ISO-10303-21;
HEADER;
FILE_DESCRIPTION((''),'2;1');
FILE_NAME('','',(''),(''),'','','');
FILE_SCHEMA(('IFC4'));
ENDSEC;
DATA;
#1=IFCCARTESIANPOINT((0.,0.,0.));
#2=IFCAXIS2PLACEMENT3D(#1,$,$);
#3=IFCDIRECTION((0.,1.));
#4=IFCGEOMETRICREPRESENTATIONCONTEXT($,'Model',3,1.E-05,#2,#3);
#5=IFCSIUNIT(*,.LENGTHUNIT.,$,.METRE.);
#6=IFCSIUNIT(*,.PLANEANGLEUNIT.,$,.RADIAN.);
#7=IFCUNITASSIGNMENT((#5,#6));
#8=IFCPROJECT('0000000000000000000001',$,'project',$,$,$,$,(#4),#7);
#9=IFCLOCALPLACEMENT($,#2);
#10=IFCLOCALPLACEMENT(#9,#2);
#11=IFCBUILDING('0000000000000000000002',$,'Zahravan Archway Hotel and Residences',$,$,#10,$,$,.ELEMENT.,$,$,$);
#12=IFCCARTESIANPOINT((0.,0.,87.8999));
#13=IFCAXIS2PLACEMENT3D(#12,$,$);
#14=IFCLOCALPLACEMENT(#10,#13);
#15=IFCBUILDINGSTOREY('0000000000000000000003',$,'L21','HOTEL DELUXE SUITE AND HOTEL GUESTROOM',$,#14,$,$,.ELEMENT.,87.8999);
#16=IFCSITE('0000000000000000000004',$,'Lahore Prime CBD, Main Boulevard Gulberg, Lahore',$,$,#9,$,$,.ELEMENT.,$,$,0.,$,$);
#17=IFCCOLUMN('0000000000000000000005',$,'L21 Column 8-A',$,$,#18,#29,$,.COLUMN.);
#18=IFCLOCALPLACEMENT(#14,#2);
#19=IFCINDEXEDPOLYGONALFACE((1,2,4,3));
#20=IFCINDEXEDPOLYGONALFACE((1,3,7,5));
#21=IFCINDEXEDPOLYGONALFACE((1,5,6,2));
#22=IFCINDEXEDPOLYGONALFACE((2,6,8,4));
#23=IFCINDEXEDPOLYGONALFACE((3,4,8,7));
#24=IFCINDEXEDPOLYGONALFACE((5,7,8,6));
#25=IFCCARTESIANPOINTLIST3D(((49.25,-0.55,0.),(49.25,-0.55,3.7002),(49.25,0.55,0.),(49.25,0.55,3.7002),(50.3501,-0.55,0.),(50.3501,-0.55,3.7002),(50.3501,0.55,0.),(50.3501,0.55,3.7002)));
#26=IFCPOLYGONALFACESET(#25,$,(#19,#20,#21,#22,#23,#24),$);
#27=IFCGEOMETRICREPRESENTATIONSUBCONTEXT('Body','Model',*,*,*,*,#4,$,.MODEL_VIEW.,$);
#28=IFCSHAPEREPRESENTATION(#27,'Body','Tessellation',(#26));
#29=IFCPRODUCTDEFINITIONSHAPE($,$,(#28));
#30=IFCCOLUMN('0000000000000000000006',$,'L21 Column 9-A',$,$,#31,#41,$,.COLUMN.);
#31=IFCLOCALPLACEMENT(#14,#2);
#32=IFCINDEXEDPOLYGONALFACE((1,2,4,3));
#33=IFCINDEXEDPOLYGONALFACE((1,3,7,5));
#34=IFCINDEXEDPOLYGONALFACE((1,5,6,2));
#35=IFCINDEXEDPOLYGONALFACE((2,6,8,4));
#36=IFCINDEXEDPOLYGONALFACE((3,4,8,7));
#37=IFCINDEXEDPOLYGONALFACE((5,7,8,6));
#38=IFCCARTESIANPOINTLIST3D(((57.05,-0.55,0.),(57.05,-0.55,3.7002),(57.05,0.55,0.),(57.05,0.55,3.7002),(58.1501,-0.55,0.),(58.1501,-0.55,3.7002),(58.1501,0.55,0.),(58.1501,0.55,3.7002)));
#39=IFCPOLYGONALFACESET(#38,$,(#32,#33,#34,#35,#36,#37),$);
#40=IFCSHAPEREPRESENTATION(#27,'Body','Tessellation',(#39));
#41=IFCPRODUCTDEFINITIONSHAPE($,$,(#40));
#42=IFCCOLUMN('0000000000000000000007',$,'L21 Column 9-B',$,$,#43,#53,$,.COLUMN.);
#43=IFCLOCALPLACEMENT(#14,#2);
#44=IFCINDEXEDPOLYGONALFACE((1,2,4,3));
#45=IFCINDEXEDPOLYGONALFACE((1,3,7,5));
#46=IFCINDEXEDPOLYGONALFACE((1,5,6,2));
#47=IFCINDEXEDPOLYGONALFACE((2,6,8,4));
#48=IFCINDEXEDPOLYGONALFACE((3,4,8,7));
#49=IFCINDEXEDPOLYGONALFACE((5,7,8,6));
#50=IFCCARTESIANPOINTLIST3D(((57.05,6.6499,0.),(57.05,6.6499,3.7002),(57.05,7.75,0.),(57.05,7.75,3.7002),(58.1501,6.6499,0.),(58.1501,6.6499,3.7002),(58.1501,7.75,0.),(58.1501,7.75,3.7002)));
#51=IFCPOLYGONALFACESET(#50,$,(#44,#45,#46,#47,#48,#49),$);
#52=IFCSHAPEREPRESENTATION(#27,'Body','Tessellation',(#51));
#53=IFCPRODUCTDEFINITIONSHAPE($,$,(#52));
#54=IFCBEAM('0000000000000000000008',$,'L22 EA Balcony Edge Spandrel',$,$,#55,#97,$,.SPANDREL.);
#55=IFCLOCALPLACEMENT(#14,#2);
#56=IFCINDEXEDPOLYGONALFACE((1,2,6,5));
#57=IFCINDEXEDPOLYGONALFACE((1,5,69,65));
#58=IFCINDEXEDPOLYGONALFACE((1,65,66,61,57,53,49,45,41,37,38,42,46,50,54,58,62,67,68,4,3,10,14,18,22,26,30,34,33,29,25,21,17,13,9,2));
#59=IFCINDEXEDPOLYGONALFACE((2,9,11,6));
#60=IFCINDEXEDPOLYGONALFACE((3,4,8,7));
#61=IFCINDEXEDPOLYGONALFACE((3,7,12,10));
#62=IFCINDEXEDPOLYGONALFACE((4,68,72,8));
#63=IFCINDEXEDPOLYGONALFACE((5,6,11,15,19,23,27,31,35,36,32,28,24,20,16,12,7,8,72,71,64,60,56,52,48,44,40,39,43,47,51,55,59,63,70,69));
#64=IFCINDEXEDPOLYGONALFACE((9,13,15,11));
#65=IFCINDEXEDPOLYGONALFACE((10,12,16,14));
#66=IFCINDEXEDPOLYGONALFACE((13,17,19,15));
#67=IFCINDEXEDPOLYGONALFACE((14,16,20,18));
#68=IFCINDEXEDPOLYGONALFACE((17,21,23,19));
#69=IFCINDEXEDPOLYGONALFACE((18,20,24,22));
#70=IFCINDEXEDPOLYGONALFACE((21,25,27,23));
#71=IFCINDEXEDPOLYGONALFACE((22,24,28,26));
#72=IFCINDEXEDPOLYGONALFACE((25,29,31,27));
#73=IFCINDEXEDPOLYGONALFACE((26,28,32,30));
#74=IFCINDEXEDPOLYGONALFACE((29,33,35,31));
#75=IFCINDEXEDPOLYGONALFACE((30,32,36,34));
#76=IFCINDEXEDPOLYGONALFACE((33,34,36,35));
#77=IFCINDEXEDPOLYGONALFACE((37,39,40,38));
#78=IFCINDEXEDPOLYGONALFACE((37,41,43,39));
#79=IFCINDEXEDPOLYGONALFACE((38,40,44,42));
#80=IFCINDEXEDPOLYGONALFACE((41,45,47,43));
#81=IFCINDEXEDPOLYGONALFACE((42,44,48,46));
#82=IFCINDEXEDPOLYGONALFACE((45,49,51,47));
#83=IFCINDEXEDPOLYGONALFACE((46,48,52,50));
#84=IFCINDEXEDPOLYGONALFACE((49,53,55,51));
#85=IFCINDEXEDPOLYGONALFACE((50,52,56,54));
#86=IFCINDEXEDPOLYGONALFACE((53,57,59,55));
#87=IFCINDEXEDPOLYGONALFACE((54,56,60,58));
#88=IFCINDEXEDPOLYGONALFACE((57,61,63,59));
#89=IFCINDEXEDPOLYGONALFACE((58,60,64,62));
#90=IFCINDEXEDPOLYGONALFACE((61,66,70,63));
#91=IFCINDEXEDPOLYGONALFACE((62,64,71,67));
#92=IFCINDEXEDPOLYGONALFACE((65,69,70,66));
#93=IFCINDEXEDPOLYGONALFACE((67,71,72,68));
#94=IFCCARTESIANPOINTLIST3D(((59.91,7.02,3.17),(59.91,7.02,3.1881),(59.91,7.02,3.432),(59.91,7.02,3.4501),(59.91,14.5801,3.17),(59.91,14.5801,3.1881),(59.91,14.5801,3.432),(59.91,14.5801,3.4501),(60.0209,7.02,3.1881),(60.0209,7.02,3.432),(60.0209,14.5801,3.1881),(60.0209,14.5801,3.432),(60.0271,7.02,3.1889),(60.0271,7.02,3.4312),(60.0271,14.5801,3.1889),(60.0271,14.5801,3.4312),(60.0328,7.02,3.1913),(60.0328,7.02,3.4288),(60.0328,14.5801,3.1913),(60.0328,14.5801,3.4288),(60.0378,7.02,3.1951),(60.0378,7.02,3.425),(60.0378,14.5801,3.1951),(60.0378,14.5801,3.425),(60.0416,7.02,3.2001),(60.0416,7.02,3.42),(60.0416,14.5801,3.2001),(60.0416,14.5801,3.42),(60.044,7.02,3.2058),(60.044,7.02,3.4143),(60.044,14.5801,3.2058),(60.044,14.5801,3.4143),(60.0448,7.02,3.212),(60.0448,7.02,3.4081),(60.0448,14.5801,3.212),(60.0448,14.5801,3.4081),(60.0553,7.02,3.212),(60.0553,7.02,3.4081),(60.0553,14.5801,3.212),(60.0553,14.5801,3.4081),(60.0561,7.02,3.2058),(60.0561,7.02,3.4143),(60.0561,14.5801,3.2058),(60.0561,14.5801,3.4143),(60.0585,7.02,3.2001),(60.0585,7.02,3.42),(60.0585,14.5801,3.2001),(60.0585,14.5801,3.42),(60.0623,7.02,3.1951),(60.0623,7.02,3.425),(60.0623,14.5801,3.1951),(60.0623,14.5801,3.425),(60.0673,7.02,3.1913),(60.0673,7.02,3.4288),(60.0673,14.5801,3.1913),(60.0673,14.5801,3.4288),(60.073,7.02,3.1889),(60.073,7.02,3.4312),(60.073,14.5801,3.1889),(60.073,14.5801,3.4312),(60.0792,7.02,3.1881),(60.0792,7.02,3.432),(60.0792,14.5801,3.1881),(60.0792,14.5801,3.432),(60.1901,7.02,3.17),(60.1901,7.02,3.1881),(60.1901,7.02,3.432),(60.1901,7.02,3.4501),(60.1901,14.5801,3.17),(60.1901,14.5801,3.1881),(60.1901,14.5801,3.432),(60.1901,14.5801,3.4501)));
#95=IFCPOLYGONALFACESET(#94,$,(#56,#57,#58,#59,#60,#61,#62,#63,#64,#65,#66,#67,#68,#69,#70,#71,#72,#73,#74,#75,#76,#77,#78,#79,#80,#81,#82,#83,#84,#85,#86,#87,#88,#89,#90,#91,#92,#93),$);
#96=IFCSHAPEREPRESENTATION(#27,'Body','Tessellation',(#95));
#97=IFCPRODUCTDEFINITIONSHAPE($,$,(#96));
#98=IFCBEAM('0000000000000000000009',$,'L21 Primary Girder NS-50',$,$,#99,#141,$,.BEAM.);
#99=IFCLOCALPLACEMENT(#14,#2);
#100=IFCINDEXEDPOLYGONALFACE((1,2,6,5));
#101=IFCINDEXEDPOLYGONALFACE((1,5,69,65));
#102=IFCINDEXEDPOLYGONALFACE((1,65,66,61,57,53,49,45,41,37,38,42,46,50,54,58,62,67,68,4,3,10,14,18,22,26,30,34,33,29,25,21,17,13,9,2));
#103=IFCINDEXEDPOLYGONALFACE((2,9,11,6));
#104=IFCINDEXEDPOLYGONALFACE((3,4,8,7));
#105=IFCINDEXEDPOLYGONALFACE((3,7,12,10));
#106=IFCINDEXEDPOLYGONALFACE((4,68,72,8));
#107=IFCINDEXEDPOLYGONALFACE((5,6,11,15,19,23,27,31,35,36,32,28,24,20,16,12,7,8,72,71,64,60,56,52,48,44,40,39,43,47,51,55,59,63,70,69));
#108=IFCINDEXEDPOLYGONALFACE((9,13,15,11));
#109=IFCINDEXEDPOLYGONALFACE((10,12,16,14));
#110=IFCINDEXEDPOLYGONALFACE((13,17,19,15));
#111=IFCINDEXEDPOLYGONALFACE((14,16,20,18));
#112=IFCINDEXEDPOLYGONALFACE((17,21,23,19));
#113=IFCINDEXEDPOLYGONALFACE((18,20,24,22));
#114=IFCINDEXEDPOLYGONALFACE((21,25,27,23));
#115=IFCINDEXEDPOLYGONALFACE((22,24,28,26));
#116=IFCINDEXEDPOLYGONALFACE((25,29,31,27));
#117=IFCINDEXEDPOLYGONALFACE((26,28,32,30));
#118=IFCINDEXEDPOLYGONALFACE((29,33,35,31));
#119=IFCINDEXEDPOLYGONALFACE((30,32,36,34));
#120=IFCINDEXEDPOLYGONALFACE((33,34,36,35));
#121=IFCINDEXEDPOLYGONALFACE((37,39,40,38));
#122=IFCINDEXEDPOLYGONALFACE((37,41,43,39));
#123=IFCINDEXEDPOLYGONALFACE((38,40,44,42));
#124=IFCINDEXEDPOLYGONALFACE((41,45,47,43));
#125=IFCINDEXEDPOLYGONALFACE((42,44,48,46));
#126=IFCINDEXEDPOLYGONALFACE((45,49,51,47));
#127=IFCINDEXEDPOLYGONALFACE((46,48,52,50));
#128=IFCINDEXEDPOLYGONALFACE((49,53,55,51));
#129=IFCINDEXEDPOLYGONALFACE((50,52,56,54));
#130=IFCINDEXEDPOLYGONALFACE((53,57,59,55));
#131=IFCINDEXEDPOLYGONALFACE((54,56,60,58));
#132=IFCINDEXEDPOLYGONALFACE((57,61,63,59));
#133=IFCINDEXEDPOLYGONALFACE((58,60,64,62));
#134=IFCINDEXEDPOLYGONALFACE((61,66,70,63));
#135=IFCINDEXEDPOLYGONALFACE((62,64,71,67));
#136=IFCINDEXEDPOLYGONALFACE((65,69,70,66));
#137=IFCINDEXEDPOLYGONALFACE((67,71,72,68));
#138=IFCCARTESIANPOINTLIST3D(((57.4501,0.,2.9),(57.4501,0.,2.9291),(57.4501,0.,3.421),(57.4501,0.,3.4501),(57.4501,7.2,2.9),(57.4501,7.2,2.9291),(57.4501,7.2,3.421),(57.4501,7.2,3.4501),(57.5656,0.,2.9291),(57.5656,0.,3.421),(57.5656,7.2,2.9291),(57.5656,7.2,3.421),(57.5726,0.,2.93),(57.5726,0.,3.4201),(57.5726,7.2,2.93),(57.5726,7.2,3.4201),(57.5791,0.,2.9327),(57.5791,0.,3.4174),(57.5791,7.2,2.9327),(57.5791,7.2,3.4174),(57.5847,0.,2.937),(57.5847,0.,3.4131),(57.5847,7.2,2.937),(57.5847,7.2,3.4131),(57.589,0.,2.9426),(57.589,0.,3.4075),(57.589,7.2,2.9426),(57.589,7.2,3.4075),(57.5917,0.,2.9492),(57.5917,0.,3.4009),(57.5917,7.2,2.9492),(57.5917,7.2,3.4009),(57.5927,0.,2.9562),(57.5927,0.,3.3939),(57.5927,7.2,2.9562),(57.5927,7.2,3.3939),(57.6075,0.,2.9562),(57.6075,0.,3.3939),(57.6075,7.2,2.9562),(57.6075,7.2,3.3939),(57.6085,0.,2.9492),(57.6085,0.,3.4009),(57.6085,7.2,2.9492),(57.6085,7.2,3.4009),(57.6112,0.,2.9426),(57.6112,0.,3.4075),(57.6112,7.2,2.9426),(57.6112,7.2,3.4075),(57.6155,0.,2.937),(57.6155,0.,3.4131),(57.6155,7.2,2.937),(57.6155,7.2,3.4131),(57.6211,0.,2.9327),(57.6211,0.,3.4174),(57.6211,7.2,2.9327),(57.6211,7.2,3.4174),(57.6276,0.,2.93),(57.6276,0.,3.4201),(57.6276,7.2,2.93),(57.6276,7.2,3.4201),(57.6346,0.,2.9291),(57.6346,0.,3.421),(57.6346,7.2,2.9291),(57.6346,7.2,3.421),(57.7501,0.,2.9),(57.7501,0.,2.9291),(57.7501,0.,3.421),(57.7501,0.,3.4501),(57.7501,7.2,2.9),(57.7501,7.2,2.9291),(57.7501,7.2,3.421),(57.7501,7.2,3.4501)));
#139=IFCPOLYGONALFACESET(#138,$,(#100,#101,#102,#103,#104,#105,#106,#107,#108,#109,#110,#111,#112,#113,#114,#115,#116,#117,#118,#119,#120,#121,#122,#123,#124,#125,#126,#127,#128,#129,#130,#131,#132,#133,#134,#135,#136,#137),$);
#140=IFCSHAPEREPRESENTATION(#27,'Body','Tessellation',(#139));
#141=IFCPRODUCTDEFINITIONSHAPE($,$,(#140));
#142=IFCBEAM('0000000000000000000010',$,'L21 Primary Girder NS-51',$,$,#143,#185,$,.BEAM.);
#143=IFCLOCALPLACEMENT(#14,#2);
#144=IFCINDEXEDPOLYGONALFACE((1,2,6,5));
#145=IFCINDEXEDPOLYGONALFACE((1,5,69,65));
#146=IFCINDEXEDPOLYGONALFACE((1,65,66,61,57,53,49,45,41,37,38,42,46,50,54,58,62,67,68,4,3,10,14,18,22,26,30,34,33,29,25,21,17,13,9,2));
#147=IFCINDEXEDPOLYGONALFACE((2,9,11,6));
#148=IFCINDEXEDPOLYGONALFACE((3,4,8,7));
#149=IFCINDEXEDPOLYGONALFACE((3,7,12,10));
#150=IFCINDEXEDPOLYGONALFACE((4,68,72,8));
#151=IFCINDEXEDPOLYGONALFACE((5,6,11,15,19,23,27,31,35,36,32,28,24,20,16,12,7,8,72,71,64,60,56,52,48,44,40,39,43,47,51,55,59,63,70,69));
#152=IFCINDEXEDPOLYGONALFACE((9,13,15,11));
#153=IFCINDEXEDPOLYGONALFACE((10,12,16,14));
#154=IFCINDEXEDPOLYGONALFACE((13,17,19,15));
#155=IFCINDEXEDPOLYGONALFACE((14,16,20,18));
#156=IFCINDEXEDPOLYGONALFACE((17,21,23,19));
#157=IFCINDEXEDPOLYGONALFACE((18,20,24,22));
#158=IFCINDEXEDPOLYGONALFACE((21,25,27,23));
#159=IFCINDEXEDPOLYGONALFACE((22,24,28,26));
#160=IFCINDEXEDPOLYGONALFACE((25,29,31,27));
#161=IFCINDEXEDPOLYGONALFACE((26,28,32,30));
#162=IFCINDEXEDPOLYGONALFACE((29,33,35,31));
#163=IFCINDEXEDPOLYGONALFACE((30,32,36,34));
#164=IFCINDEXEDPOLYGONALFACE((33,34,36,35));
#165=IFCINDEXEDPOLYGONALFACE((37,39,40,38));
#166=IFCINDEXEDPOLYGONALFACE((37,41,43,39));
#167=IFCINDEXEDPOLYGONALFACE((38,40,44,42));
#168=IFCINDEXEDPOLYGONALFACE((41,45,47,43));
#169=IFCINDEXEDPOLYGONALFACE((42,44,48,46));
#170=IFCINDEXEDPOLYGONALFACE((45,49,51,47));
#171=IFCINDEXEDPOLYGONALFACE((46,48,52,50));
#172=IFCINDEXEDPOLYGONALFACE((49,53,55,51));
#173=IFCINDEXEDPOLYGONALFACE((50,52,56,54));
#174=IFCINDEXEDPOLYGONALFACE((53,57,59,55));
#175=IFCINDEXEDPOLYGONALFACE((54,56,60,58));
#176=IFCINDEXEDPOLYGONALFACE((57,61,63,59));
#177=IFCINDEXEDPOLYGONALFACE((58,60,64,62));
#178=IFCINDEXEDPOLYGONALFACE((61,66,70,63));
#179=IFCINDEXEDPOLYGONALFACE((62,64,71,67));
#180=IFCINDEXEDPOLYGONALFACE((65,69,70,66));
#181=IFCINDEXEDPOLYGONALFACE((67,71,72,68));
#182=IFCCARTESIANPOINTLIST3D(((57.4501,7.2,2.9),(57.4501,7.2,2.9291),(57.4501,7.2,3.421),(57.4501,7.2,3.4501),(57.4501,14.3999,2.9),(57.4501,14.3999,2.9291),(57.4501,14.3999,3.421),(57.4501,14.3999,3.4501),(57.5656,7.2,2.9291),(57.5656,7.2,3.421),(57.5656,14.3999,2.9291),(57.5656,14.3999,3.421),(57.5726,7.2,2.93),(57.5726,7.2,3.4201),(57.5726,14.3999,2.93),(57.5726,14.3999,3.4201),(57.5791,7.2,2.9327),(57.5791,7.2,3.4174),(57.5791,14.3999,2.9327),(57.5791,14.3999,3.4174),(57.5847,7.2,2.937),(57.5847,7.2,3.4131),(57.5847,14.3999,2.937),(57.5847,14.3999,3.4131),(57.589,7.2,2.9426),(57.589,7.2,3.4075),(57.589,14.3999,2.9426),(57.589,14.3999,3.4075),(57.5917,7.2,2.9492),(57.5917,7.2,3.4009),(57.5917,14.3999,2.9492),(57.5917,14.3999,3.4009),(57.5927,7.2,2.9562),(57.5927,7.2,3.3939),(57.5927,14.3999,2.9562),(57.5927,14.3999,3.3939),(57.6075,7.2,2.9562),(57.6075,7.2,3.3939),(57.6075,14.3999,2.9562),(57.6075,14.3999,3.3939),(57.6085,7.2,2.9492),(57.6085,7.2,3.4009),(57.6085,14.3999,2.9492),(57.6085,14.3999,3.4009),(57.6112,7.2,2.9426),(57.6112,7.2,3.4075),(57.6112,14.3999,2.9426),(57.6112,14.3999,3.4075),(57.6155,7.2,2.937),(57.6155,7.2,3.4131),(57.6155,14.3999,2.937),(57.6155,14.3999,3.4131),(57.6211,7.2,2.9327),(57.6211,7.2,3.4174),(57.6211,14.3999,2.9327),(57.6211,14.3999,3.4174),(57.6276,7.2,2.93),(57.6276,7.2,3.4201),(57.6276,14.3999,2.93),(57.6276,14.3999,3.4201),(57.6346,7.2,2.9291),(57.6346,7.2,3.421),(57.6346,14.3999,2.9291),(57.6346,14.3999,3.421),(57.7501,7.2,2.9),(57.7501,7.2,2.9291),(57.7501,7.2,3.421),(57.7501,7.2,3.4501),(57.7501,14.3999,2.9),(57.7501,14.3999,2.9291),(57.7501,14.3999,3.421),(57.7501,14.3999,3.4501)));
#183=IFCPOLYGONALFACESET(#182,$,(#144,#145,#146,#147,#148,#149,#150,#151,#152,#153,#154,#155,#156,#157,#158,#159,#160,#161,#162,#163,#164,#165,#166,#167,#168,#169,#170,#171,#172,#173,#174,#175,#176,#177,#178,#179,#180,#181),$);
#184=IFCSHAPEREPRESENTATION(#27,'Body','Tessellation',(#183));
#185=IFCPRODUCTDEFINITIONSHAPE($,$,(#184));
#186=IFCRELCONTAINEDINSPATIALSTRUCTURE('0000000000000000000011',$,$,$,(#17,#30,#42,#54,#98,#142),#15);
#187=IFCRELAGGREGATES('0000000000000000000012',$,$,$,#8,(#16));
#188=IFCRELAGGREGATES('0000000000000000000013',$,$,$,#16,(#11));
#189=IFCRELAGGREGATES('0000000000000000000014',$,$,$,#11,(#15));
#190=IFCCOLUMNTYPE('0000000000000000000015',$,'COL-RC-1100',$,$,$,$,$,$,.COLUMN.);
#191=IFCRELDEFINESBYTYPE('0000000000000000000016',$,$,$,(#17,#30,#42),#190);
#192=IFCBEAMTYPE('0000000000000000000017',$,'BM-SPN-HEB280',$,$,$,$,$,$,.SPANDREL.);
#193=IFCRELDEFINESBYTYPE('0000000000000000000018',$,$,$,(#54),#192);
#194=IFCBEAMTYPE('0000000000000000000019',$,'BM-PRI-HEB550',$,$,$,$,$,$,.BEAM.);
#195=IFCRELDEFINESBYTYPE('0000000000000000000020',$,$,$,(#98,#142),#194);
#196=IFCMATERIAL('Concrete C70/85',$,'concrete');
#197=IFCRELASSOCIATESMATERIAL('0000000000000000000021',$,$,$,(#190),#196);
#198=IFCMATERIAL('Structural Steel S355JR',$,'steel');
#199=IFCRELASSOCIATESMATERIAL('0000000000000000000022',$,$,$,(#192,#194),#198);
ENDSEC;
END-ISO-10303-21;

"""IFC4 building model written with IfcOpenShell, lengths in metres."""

from ifc_helpers import new_model, si_unit, direction, frame, origin, origin_2d, place, context, subcontext, project, spatial, rectangle, i_section, extrude, source, transform, mapped, material, material_profile, profile_set, type_object, type_shapes, element, save


model = new_model("IFC4")

# Units and contexts
model_context = context("Model", 3, precision=1e-05, world=origin(), true_north=direction((0.0, 1.0)))
body_context = subcontext(model_context, "Body", "Model", "MODEL_VIEW")
ifc_project = project(units=[si_unit("LENGTHUNIT", "METRE"), si_unit("PLANEANGLEUNIT", "RADIAN")], contexts=[model_context])

# Site, building, storey
site_placement = place(None, origin())
site = spatial("IfcSite", under=ifc_project, at=site_placement, Name="Lahore Prime CBD, Main Boulevard Gulberg, Lahore", CompositionType="ELEMENT", RefElevation=0.0)
building_placement = place(site_placement, origin())
building = spatial("IfcBuilding", under=site, at=building_placement, Name="Zahravan Archway Hotel and Residences", CompositionType="ELEMENT")
storey_placement = place(building_placement, frame((0.0, 0.0, 87.8999)))
storey = spatial("IfcBuildingStorey", under=building, at=storey_placement, Name="L21", Description="HOTEL DELUXE SUITE AND HOTEL GUESTROOM", CompositionType="ELEMENT", Elevation=87.8999)

# Columns
ifc_material_1 = material(Name="Concrete C70/85", Category="concrete")
ifc_material_profile_1 = material_profile(ifc_material_1, rectangle(XDim=1.1001, YDim=1.1001, at=origin_2d()), Name="RC 1100x1100", Category="concrete")
ifc_profile_set_1 = profile_set([ifc_material_profile_1], Name="Concrete C70/85")
column_type = type_object("IfcColumnType", Name="COL-RC-1100", PredefinedType="COLUMN", material=ifc_profile_set_1)
shared_shape_1 = source(origin(), body_context, "Body", "SweptSolid", [
    extrude(rectangle(XDim=1.1001, YDim=1.1001, at=origin_2d()), origin(), (0.0, 0.0, 1.0), 3.7002),
])
for number, where, z_axis, x_axis, name in (
    (1, (49.8, 0.0, 0.0), (0.0, 0.0, 1.0), (1.0, 0.0, 0.0), "L21 Column 8-A"),
    (2, (57.6001, 0.0, 0.0), (0.0, 0.0, 1.0), (1.0, 0.0, 0.0), "L21 Column 9-A"),
    (3, (57.6001, 7.2, 0.0), (0.0, 0.0, 1.0), (1.0, 0.0, 0.0), "L21 Column 9-B"),
):
    element("IfcColumn", number, at=place(storey_placement, frame(where, z_axis=z_axis, x_axis=x_axis)), inside=storey, type_object=column_type, Name=name, PredefinedType="COLUMN", context=body_context, shape_type="MappedRepresentation", body=[
        mapped(shared_shape_1, transform((0.0, 0.0, 0.0), scale=1.0)),
    ])

# Beams
ifc_material_2 = material(Name="Structural Steel S355JR", Category="steel")
ifc_material_profile_2 = material_profile(ifc_material_2, i_section(OverallWidth=0.28, OverallDepth=0.28, WebThickness=0.0105, FlangeThickness=0.0181, FilletRadius=0.0239, at=origin_2d()), Name="HEB 280", Category="steel")
ifc_profile_set_2 = profile_set([ifc_material_profile_2], Name="Structural Steel S355JR")
beam_type_1 = type_object("IfcBeamType", Name="BM-SPN-HEB280", PredefinedType="SPANDREL", material=ifc_profile_set_2)
shared_shape_2 = source(origin(), body_context, "Body", "SweptSolid", [
    extrude(i_section(OverallWidth=0.28, OverallDepth=0.28, WebThickness=0.0105, FlangeThickness=0.0181, FilletRadius=0.0239, at=origin_2d()), origin(), (0.0, 0.0, 1.0), 7.5601),
])
type_shapes(beam_type_1, [shared_shape_2])
beam_1_placement = place(storey_placement, frame((60.05, 7.02, 3.3101), z_axis=(0.0, 1.0, 0.0), x_axis=(-1.0, 0.0, 0.0)))
element("IfcBeam", 4, at=beam_1_placement, inside=storey, type_object=beam_type_1, Name="L22 EA Balcony Edge Spandrel", PredefinedType="SPANDREL", context=body_context, shape_type="MappedRepresentation", body=[
    mapped(shared_shape_2, transform((0.0, 0.0, 0.0), scale=1.0)),
])
ifc_material_profile_3 = material_profile(ifc_material_2, i_section(OverallWidth=0.3, OverallDepth=0.55, WebThickness=0.0149, FlangeThickness=0.0291, FilletRadius=0.0271, at=origin_2d()), Name="HEB 550", Category="steel")
ifc_profile_set_3 = profile_set([ifc_material_profile_3], Name="Structural Steel S355JR")
beam_type_2 = type_object("IfcBeamType", Name="BM-PRI-HEB550", PredefinedType="BEAM", material=ifc_profile_set_3)
shared_shape_3 = source(origin(), body_context, "Body", "SweptSolid", [
    extrude(i_section(OverallWidth=0.3, OverallDepth=0.55, WebThickness=0.0149, FlangeThickness=0.0291, FilletRadius=0.0271, at=origin_2d()), origin(), (0.0, 0.0, 1.0), 7.2),
])
for number, where, z_axis, x_axis, name in (
    (5, (57.6001, 0.0, 3.175), (0.0, 1.0, 0.0), (-1.0, 0.0, 0.0), "L21 Primary Girder NS-50"),
    (6, (57.6001, 7.2, 3.175), (0.0, 1.0, 0.0), (-1.0, 0.0, 0.0), "L21 Primary Girder NS-51"),
):
    element("IfcBeam", number, at=place(storey_placement, frame(where, z_axis=z_axis, x_axis=x_axis)), inside=storey, type_object=beam_type_2, Name=name, PredefinedType="BEAM", context=body_context, shape_type="MappedRepresentation", body=[
        mapped(shared_shape_3, transform((0.0, 0.0, 0.0), scale=1.0)),
    ])

save(model, "model.ifc")
